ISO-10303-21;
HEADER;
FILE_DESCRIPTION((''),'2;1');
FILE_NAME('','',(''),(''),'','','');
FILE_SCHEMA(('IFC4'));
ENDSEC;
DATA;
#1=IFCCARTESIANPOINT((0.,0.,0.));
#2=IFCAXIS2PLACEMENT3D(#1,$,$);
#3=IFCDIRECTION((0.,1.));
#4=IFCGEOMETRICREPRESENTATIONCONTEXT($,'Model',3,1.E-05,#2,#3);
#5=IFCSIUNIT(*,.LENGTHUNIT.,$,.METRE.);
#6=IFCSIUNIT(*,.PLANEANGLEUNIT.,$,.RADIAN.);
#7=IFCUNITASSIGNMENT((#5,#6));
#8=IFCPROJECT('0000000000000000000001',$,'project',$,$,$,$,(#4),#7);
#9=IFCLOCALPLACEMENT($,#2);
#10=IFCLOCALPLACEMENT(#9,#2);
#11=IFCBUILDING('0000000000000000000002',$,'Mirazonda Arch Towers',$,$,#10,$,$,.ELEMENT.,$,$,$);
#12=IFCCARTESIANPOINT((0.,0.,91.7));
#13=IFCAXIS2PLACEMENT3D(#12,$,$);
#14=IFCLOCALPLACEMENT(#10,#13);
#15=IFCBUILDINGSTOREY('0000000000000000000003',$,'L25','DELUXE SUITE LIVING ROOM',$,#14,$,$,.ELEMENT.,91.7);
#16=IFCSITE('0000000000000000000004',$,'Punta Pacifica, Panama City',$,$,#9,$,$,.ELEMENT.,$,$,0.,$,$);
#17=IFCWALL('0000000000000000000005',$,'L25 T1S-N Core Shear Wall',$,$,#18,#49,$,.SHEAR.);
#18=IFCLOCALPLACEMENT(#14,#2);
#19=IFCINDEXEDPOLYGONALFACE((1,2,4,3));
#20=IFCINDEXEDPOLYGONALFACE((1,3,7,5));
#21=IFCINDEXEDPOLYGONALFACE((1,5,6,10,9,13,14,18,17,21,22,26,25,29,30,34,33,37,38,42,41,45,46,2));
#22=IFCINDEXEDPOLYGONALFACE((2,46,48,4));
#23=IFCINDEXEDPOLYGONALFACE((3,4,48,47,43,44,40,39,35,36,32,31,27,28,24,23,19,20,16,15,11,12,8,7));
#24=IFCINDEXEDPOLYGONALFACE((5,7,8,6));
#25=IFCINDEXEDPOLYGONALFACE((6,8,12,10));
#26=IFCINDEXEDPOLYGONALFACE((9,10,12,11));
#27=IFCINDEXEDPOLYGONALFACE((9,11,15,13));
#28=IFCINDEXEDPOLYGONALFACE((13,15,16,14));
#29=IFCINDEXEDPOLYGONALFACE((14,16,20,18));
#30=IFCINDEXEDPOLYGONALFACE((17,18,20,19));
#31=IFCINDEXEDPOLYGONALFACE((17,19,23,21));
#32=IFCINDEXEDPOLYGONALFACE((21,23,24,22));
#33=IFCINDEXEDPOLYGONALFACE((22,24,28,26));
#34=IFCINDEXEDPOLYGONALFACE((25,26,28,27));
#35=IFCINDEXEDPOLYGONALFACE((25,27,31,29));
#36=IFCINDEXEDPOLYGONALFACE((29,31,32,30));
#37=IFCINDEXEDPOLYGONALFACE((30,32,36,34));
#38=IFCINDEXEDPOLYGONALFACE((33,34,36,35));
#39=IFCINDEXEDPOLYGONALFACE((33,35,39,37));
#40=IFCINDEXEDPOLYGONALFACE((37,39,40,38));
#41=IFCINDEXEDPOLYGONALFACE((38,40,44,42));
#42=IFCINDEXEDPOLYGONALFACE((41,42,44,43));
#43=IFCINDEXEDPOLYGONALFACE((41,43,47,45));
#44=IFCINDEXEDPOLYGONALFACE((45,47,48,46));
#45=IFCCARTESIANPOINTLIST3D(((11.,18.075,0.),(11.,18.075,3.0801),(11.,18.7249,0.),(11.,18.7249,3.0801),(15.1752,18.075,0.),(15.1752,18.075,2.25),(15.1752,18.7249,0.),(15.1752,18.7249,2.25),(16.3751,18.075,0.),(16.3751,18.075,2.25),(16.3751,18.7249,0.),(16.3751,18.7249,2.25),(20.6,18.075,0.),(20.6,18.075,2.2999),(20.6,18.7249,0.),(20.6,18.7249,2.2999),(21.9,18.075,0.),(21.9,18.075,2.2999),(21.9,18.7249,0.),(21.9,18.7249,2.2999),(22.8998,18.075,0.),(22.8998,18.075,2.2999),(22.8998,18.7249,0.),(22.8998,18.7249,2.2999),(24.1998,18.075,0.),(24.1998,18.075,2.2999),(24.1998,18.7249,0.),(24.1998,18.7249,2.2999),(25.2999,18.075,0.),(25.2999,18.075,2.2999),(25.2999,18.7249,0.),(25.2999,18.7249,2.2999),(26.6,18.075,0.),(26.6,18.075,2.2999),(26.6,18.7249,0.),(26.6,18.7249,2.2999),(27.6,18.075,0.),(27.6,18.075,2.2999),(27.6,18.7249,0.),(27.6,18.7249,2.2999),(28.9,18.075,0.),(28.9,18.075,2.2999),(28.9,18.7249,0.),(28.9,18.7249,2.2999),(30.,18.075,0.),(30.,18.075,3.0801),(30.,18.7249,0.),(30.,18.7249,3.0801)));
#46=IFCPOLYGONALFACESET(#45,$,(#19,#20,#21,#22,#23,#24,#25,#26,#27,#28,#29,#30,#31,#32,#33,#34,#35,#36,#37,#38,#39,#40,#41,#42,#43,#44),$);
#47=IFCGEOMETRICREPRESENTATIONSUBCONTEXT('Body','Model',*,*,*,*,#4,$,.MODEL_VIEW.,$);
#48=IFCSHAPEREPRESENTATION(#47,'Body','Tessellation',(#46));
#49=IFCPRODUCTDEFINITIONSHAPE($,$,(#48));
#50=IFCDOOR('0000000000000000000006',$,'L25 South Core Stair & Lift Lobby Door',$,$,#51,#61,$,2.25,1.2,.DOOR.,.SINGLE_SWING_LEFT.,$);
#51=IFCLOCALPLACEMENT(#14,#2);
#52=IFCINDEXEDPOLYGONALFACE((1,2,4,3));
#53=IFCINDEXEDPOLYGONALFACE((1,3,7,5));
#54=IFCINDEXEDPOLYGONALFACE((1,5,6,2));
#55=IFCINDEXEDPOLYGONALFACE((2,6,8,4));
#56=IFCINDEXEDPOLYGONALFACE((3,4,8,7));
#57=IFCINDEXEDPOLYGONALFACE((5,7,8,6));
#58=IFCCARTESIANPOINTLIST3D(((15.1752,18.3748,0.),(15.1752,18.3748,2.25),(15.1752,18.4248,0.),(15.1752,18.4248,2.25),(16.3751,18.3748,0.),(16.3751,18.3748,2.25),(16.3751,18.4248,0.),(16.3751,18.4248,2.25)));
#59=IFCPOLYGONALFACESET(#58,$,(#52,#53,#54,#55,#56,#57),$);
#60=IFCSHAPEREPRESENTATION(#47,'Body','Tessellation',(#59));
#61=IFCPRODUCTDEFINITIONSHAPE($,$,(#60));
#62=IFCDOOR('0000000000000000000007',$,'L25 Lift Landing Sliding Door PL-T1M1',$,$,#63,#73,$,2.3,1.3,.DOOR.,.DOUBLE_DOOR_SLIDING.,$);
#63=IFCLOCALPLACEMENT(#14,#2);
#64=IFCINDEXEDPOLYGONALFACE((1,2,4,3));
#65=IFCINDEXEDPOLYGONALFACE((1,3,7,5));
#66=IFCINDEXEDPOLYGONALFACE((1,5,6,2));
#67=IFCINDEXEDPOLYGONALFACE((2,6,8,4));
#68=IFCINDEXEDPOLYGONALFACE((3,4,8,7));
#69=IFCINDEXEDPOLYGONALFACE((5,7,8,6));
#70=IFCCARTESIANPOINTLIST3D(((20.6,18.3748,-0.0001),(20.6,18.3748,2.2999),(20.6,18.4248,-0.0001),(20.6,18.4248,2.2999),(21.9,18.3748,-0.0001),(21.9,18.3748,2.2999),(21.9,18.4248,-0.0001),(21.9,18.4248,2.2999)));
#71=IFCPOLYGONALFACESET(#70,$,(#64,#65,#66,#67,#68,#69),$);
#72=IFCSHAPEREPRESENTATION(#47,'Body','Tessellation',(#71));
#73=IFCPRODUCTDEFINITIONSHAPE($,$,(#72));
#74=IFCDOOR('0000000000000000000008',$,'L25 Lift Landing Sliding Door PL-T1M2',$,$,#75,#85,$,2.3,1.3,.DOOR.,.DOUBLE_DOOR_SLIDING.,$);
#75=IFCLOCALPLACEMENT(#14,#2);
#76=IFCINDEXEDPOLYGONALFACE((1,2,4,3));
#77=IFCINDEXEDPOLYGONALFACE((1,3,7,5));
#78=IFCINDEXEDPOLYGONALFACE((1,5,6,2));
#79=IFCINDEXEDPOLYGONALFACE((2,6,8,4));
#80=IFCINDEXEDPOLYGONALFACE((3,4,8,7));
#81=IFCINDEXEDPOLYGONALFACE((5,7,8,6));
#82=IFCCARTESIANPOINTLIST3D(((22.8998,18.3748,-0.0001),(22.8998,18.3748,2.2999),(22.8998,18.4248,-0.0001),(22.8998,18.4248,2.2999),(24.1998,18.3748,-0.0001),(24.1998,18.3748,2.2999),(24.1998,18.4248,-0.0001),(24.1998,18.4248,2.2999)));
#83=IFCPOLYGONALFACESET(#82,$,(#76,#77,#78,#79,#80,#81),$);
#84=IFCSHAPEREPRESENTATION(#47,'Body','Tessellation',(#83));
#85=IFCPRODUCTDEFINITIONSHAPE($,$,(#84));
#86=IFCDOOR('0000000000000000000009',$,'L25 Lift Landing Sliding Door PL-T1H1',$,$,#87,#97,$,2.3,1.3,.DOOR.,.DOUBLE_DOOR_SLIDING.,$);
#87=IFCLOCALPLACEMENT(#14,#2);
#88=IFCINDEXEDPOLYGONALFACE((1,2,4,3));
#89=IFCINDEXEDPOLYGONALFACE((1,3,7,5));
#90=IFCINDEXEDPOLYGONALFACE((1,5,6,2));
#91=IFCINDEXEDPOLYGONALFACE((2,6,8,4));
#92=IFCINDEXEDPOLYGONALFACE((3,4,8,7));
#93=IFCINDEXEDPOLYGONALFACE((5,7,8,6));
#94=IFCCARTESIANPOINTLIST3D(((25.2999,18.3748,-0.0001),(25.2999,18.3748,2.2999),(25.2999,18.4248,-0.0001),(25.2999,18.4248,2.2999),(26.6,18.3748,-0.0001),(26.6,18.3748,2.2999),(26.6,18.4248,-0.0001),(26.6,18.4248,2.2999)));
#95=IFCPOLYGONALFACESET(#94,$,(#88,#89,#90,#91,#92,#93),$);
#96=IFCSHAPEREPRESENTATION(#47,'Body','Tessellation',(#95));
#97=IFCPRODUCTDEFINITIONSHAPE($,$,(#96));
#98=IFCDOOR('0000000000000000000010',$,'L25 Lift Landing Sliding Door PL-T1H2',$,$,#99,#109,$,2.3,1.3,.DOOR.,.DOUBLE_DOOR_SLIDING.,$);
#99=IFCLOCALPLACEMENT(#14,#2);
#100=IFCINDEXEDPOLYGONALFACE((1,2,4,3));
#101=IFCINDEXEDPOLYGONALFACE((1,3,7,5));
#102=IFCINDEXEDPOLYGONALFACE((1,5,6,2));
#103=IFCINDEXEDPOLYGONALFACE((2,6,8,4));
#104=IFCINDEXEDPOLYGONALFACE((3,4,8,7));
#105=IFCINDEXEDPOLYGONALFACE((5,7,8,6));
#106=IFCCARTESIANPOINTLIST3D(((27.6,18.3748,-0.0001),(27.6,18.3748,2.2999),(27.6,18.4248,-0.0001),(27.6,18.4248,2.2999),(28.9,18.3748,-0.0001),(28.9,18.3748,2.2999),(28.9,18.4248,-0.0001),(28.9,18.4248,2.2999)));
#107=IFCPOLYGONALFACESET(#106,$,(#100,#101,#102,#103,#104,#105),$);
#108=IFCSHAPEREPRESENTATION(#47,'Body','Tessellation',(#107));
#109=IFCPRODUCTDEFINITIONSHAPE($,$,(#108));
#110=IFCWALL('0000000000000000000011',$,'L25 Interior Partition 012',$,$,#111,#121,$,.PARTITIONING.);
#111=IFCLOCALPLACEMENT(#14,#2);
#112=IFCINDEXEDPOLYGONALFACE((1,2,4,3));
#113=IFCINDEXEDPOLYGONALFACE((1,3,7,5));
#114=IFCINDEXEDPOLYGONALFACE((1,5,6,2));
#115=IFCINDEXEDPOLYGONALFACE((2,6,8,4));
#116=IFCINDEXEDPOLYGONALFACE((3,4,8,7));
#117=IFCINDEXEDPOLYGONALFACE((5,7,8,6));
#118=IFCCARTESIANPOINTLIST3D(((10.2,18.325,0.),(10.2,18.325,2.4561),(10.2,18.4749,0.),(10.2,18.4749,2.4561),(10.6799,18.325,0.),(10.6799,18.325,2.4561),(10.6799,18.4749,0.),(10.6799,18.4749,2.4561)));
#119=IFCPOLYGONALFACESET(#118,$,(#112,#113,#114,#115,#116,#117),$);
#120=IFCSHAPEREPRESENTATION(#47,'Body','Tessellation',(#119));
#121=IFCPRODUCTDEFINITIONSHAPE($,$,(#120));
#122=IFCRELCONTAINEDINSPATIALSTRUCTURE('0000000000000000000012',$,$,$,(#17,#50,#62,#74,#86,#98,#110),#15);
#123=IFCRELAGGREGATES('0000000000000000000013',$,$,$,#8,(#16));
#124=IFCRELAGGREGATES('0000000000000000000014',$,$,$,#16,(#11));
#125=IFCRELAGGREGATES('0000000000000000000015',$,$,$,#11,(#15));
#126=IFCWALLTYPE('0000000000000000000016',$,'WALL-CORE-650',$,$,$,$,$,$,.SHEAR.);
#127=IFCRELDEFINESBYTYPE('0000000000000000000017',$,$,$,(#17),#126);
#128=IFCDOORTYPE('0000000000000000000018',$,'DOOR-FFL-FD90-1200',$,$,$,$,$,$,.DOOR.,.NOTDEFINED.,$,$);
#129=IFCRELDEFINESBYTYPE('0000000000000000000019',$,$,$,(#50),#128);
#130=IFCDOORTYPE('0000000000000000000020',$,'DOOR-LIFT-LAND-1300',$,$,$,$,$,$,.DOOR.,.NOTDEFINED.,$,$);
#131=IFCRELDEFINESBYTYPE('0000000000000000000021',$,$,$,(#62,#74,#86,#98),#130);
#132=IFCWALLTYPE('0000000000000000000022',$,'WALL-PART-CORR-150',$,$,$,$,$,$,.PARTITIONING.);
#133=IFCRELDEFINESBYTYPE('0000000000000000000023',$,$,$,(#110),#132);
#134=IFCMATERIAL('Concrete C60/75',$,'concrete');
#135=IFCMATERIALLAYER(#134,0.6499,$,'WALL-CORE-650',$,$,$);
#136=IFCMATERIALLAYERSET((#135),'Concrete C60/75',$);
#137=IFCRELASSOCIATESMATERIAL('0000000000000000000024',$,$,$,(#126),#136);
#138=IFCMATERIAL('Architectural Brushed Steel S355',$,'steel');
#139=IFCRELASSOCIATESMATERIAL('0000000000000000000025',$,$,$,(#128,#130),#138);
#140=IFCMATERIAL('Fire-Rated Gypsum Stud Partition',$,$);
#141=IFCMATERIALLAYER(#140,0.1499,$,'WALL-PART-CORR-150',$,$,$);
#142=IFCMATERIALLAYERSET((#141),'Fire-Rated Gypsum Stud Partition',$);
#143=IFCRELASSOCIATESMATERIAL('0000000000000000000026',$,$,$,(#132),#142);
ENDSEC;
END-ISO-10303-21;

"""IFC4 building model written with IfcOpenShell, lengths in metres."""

from ifc_helpers import new_model, si_unit, direction, frame, frame_2d, origin, place, context, subcontext, project, spatial, rectangle, extrude, material, layer, layer_set, type_object, element, fill, save


model = new_model("IFC4")

# Units and contexts
model_context = context("Model", 3, precision=1e-05, world=origin(), true_north=direction((0.0, 1.0)))
body_context = subcontext(model_context, "Body", "Model", "MODEL_VIEW")
ifc_project = project(units=[si_unit("LENGTHUNIT", "METRE"), si_unit("PLANEANGLEUNIT", "RADIAN")], contexts=[model_context])

# Site, building, storey
site_placement = place(None, origin())
site = spatial("IfcSite", under=ifc_project, at=site_placement, Name="Punta Pacifica, Panama City", CompositionType="ELEMENT", RefElevation=0.0)
building_placement = place(site_placement, origin())
building = spatial("IfcBuilding", under=site, at=building_placement, Name="Mirazonda Arch Towers", CompositionType="ELEMENT")
storey_placement = place(building_placement, frame((0.0, 0.0, 91.7)))
storey = spatial("IfcBuildingStorey", under=building, at=storey_placement, Name="L25", Description="DELUXE SUITE LIVING ROOM", CompositionType="ELEMENT", Elevation=91.7)

# Shared definitions
ifc_material_1 = material(Name="Architectural Brushed Steel S355", Category="steel")

# Wall, openings, doors
ifc_material_2 = material(Name="Concrete C60/75", Category="concrete")
ifc_layer_1 = layer(ifc_material_2, 0.6499, Name="WALL-CORE-650")
ifc_layer_set_1 = layer_set([ifc_layer_1], Name="Concrete C60/75")
wall_type_1 = type_object("IfcWallType", Name="WALL-CORE-650", PredefinedType="SHEAR", material=ifc_layer_set_1)
wall_1_placement = place(storey_placement, frame((11.0, 18.3999, 0.0), z_axis=(0.0, 0.0, 1.0), x_axis=(1.0, 0.0, 0.0)))
wall_1 = element("IfcWall", 1, at=wall_1_placement, inside=storey, type_object=wall_type_1, Name="L25 T1S-N Core Shear Wall", PredefinedType="SHEAR", context=body_context, shape_type="SweptSolid", body=[
    extrude(rectangle(XDim=19.0, YDim=0.6499, at=frame_2d((9.5, 0.0))), origin(), (0.0, 0.0, 1.0), 3.0801),
])
opening_1_placement = place(wall_1_placement, frame((4.175, 0.0, 0.0)))
opening_1 = element("IfcOpeningElement", 2, at=opening_1_placement, cuts=wall_1, PredefinedType="OPENING", context=body_context, shape_type="SweptSolid", body=[
    extrude(rectangle(XDim=1.2, YDim=2.25, at=frame_2d((0.6001, 1.125))), frame((0.0, 0.335, 0.0), z_axis=(0.0, -1.0, 0.0), x_axis=(1.0, 0.0, 0.0)), (0.0, 0.0, 1.0), 0.6699),
])
opening_2_placement = place(wall_1_placement, frame((9.6001, 0.0, 0.0)))
opening_2 = element("IfcOpeningElement", 3, at=opening_2_placement, cuts=wall_1, PredefinedType="OPENING", context=body_context, shape_type="SweptSolid", body=[
    extrude(rectangle(XDim=1.3, YDim=2.3, at=frame_2d((0.6499, 1.1499))), frame((0.0, 0.335, 0.0), z_axis=(0.0, -1.0, 0.0), x_axis=(1.0, 0.0, 0.0)), (0.0, 0.0, 1.0), 0.6699),
])
opening_3_placement = place(wall_1_placement, frame((11.8999, 0.0, 0.0)))
opening_3 = element("IfcOpeningElement", 4, at=opening_3_placement, cuts=wall_1, PredefinedType="OPENING", context=body_context, shape_type="SweptSolid", body=[
    extrude(rectangle(XDim=1.3, YDim=2.3, at=frame_2d((0.6499, 1.1499))), frame((0.0, 0.335, 0.0), z_axis=(0.0, -1.0, 0.0), x_axis=(1.0, 0.0, 0.0)), (0.0, 0.0, 1.0), 0.6699),
])
opening_4_placement = place(wall_1_placement, frame((14.3, 0.0, 0.0)))
opening_4 = element("IfcOpeningElement", 5, at=opening_4_placement, cuts=wall_1, PredefinedType="OPENING", context=body_context, shape_type="SweptSolid", body=[
    extrude(rectangle(XDim=1.3, YDim=2.3, at=frame_2d((0.6499, 1.1499))), frame((0.0, 0.335, 0.0), z_axis=(0.0, -1.0, 0.0), x_axis=(1.0, 0.0, 0.0)), (0.0, 0.0, 1.0), 0.6699),
])
opening_5_placement = place(wall_1_placement, frame((16.6001, 0.0, 0.0)))
opening_5 = element("IfcOpeningElement", 6, at=opening_5_placement, cuts=wall_1, PredefinedType="OPENING", context=body_context, shape_type="SweptSolid", body=[
    extrude(rectangle(XDim=1.3, YDim=2.3, at=frame_2d((0.6499, 1.1499))), frame((0.0, 0.335, 0.0), z_axis=(0.0, -1.0, 0.0), x_axis=(1.0, 0.0, 0.0)), (0.0, 0.0, 1.0), 0.6699),
])
door_type_1 = type_object("IfcDoorType", Name="DOOR-FFL-FD90-1200", OperationType="NOTDEFINED", PredefinedType="DOOR", material=ifc_material_1)
door_1_placement = place(opening_1_placement, origin())
door_1 = element("IfcDoor", 7, at=door_1_placement, inside=storey, type_object=door_type_1, Name="L25 South Core Stair & Lift Lobby Door", OperationType="SINGLE_SWING_LEFT", OverallHeight=2.25, OverallWidth=1.2, PredefinedType="DOOR", context=body_context, shape_type="SweptSolid", body=[
    extrude(rectangle(XDim=1.2, YDim=2.25, at=frame_2d((0.6001, 1.125))), frame((0.0, 0.0249, 0.0), z_axis=(0.0, -1.0, 0.0), x_axis=(1.0, 0.0, 0.0)), (0.0, 0.0, 1.0), 0.05),
])
fill(opening_1, door_1)
door_type_2 = type_object("IfcDoorType", Name="DOOR-LIFT-LAND-1300", OperationType="NOTDEFINED", PredefinedType="DOOR", material=ifc_material_1)
door_2_placement = place(opening_2_placement, origin())
door_2 = element("IfcDoor", 8, at=door_2_placement, inside=storey, type_object=door_type_2, Name="L25 Lift Landing Sliding Door PL-T1M1", OperationType="DOUBLE_DOOR_SLIDING", OverallHeight=2.3, OverallWidth=1.3, PredefinedType="DOOR", context=body_context, shape_type="SweptSolid", body=[
    extrude(rectangle(XDim=1.3, YDim=2.3, at=frame_2d((0.6499, 1.1499))), frame((0.0, 0.0249, 0.0), z_axis=(0.0, -1.0, 0.0), x_axis=(1.0, 0.0, 0.0)), (0.0, 0.0, 1.0), 0.05),
])
fill(opening_2, door_2)
door_3_placement = place(opening_3_placement, origin())
door_3 = element("IfcDoor", 9, at=door_3_placement, inside=storey, type_object=door_type_2, Name="L25 Lift Landing Sliding Door PL-T1M2", OperationType="DOUBLE_DOOR_SLIDING", OverallHeight=2.3, OverallWidth=1.3, PredefinedType="DOOR", context=body_context, shape_type="SweptSolid", body=[
    extrude(rectangle(XDim=1.3, YDim=2.3, at=frame_2d((0.6499, 1.1499))), frame((0.0, 0.0249, 0.0), z_axis=(0.0, -1.0, 0.0), x_axis=(1.0, 0.0, 0.0)), (0.0, 0.0, 1.0), 0.05),
])
fill(opening_3, door_3)
door_4_placement = place(opening_4_placement, origin())
door_4 = element("IfcDoor", 10, at=door_4_placement, inside=storey, type_object=door_type_2, Name="L25 Lift Landing Sliding Door PL-T1H1", OperationType="DOUBLE_DOOR_SLIDING", OverallHeight=2.3, OverallWidth=1.3, PredefinedType="DOOR", context=body_context, shape_type="SweptSolid", body=[
    extrude(rectangle(XDim=1.3, YDim=2.3, at=frame_2d((0.6499, 1.1499))), frame((0.0, 0.0249, 0.0), z_axis=(0.0, -1.0, 0.0), x_axis=(1.0, 0.0, 0.0)), (0.0, 0.0, 1.0), 0.05),
])
fill(opening_4, door_4)
door_5_placement = place(opening_5_placement, origin())
door_5 = element("IfcDoor", 11, at=door_5_placement, inside=storey, type_object=door_type_2, Name="L25 Lift Landing Sliding Door PL-T1H2", OperationType="DOUBLE_DOOR_SLIDING", OverallHeight=2.3, OverallWidth=1.3, PredefinedType="DOOR", context=body_context, shape_type="SweptSolid", body=[
    extrude(rectangle(XDim=1.3, YDim=2.3, at=frame_2d((0.6499, 1.1499))), frame((0.0, 0.0249, 0.0), z_axis=(0.0, -1.0, 0.0), x_axis=(1.0, 0.0, 0.0)), (0.0, 0.0, 1.0), 0.05),
])
fill(opening_5, door_5)

# Wall
ifc_material_3 = material(Name="Fire-Rated Gypsum Stud Partition")
ifc_layer_2 = layer(ifc_material_3, 0.1499, Name="WALL-PART-CORR-150")
ifc_layer_set_2 = layer_set([ifc_layer_2], Name="Fire-Rated Gypsum Stud Partition")
wall_type_2 = type_object("IfcWallType", Name="WALL-PART-CORR-150", PredefinedType="PARTITIONING", material=ifc_layer_set_2)
wall_2_placement = place(storey_placement, frame((10.2, 18.3999, 0.0), z_axis=(0.0, 0.0, 1.0), x_axis=(1.0, 0.0, 0.0)))
element("IfcWall", 12, at=wall_2_placement, inside=storey, type_object=wall_type_2, Name="L25 Interior Partition 012", PredefinedType="PARTITIONING", context=body_context, shape_type="SweptSolid", body=[
    extrude(rectangle(XDim=0.48, YDim=0.1499, at=frame_2d((0.24, 0.0))), origin(), (0.0, 0.0, 1.0), 2.4561),
])

save(model, "model.ifc")
